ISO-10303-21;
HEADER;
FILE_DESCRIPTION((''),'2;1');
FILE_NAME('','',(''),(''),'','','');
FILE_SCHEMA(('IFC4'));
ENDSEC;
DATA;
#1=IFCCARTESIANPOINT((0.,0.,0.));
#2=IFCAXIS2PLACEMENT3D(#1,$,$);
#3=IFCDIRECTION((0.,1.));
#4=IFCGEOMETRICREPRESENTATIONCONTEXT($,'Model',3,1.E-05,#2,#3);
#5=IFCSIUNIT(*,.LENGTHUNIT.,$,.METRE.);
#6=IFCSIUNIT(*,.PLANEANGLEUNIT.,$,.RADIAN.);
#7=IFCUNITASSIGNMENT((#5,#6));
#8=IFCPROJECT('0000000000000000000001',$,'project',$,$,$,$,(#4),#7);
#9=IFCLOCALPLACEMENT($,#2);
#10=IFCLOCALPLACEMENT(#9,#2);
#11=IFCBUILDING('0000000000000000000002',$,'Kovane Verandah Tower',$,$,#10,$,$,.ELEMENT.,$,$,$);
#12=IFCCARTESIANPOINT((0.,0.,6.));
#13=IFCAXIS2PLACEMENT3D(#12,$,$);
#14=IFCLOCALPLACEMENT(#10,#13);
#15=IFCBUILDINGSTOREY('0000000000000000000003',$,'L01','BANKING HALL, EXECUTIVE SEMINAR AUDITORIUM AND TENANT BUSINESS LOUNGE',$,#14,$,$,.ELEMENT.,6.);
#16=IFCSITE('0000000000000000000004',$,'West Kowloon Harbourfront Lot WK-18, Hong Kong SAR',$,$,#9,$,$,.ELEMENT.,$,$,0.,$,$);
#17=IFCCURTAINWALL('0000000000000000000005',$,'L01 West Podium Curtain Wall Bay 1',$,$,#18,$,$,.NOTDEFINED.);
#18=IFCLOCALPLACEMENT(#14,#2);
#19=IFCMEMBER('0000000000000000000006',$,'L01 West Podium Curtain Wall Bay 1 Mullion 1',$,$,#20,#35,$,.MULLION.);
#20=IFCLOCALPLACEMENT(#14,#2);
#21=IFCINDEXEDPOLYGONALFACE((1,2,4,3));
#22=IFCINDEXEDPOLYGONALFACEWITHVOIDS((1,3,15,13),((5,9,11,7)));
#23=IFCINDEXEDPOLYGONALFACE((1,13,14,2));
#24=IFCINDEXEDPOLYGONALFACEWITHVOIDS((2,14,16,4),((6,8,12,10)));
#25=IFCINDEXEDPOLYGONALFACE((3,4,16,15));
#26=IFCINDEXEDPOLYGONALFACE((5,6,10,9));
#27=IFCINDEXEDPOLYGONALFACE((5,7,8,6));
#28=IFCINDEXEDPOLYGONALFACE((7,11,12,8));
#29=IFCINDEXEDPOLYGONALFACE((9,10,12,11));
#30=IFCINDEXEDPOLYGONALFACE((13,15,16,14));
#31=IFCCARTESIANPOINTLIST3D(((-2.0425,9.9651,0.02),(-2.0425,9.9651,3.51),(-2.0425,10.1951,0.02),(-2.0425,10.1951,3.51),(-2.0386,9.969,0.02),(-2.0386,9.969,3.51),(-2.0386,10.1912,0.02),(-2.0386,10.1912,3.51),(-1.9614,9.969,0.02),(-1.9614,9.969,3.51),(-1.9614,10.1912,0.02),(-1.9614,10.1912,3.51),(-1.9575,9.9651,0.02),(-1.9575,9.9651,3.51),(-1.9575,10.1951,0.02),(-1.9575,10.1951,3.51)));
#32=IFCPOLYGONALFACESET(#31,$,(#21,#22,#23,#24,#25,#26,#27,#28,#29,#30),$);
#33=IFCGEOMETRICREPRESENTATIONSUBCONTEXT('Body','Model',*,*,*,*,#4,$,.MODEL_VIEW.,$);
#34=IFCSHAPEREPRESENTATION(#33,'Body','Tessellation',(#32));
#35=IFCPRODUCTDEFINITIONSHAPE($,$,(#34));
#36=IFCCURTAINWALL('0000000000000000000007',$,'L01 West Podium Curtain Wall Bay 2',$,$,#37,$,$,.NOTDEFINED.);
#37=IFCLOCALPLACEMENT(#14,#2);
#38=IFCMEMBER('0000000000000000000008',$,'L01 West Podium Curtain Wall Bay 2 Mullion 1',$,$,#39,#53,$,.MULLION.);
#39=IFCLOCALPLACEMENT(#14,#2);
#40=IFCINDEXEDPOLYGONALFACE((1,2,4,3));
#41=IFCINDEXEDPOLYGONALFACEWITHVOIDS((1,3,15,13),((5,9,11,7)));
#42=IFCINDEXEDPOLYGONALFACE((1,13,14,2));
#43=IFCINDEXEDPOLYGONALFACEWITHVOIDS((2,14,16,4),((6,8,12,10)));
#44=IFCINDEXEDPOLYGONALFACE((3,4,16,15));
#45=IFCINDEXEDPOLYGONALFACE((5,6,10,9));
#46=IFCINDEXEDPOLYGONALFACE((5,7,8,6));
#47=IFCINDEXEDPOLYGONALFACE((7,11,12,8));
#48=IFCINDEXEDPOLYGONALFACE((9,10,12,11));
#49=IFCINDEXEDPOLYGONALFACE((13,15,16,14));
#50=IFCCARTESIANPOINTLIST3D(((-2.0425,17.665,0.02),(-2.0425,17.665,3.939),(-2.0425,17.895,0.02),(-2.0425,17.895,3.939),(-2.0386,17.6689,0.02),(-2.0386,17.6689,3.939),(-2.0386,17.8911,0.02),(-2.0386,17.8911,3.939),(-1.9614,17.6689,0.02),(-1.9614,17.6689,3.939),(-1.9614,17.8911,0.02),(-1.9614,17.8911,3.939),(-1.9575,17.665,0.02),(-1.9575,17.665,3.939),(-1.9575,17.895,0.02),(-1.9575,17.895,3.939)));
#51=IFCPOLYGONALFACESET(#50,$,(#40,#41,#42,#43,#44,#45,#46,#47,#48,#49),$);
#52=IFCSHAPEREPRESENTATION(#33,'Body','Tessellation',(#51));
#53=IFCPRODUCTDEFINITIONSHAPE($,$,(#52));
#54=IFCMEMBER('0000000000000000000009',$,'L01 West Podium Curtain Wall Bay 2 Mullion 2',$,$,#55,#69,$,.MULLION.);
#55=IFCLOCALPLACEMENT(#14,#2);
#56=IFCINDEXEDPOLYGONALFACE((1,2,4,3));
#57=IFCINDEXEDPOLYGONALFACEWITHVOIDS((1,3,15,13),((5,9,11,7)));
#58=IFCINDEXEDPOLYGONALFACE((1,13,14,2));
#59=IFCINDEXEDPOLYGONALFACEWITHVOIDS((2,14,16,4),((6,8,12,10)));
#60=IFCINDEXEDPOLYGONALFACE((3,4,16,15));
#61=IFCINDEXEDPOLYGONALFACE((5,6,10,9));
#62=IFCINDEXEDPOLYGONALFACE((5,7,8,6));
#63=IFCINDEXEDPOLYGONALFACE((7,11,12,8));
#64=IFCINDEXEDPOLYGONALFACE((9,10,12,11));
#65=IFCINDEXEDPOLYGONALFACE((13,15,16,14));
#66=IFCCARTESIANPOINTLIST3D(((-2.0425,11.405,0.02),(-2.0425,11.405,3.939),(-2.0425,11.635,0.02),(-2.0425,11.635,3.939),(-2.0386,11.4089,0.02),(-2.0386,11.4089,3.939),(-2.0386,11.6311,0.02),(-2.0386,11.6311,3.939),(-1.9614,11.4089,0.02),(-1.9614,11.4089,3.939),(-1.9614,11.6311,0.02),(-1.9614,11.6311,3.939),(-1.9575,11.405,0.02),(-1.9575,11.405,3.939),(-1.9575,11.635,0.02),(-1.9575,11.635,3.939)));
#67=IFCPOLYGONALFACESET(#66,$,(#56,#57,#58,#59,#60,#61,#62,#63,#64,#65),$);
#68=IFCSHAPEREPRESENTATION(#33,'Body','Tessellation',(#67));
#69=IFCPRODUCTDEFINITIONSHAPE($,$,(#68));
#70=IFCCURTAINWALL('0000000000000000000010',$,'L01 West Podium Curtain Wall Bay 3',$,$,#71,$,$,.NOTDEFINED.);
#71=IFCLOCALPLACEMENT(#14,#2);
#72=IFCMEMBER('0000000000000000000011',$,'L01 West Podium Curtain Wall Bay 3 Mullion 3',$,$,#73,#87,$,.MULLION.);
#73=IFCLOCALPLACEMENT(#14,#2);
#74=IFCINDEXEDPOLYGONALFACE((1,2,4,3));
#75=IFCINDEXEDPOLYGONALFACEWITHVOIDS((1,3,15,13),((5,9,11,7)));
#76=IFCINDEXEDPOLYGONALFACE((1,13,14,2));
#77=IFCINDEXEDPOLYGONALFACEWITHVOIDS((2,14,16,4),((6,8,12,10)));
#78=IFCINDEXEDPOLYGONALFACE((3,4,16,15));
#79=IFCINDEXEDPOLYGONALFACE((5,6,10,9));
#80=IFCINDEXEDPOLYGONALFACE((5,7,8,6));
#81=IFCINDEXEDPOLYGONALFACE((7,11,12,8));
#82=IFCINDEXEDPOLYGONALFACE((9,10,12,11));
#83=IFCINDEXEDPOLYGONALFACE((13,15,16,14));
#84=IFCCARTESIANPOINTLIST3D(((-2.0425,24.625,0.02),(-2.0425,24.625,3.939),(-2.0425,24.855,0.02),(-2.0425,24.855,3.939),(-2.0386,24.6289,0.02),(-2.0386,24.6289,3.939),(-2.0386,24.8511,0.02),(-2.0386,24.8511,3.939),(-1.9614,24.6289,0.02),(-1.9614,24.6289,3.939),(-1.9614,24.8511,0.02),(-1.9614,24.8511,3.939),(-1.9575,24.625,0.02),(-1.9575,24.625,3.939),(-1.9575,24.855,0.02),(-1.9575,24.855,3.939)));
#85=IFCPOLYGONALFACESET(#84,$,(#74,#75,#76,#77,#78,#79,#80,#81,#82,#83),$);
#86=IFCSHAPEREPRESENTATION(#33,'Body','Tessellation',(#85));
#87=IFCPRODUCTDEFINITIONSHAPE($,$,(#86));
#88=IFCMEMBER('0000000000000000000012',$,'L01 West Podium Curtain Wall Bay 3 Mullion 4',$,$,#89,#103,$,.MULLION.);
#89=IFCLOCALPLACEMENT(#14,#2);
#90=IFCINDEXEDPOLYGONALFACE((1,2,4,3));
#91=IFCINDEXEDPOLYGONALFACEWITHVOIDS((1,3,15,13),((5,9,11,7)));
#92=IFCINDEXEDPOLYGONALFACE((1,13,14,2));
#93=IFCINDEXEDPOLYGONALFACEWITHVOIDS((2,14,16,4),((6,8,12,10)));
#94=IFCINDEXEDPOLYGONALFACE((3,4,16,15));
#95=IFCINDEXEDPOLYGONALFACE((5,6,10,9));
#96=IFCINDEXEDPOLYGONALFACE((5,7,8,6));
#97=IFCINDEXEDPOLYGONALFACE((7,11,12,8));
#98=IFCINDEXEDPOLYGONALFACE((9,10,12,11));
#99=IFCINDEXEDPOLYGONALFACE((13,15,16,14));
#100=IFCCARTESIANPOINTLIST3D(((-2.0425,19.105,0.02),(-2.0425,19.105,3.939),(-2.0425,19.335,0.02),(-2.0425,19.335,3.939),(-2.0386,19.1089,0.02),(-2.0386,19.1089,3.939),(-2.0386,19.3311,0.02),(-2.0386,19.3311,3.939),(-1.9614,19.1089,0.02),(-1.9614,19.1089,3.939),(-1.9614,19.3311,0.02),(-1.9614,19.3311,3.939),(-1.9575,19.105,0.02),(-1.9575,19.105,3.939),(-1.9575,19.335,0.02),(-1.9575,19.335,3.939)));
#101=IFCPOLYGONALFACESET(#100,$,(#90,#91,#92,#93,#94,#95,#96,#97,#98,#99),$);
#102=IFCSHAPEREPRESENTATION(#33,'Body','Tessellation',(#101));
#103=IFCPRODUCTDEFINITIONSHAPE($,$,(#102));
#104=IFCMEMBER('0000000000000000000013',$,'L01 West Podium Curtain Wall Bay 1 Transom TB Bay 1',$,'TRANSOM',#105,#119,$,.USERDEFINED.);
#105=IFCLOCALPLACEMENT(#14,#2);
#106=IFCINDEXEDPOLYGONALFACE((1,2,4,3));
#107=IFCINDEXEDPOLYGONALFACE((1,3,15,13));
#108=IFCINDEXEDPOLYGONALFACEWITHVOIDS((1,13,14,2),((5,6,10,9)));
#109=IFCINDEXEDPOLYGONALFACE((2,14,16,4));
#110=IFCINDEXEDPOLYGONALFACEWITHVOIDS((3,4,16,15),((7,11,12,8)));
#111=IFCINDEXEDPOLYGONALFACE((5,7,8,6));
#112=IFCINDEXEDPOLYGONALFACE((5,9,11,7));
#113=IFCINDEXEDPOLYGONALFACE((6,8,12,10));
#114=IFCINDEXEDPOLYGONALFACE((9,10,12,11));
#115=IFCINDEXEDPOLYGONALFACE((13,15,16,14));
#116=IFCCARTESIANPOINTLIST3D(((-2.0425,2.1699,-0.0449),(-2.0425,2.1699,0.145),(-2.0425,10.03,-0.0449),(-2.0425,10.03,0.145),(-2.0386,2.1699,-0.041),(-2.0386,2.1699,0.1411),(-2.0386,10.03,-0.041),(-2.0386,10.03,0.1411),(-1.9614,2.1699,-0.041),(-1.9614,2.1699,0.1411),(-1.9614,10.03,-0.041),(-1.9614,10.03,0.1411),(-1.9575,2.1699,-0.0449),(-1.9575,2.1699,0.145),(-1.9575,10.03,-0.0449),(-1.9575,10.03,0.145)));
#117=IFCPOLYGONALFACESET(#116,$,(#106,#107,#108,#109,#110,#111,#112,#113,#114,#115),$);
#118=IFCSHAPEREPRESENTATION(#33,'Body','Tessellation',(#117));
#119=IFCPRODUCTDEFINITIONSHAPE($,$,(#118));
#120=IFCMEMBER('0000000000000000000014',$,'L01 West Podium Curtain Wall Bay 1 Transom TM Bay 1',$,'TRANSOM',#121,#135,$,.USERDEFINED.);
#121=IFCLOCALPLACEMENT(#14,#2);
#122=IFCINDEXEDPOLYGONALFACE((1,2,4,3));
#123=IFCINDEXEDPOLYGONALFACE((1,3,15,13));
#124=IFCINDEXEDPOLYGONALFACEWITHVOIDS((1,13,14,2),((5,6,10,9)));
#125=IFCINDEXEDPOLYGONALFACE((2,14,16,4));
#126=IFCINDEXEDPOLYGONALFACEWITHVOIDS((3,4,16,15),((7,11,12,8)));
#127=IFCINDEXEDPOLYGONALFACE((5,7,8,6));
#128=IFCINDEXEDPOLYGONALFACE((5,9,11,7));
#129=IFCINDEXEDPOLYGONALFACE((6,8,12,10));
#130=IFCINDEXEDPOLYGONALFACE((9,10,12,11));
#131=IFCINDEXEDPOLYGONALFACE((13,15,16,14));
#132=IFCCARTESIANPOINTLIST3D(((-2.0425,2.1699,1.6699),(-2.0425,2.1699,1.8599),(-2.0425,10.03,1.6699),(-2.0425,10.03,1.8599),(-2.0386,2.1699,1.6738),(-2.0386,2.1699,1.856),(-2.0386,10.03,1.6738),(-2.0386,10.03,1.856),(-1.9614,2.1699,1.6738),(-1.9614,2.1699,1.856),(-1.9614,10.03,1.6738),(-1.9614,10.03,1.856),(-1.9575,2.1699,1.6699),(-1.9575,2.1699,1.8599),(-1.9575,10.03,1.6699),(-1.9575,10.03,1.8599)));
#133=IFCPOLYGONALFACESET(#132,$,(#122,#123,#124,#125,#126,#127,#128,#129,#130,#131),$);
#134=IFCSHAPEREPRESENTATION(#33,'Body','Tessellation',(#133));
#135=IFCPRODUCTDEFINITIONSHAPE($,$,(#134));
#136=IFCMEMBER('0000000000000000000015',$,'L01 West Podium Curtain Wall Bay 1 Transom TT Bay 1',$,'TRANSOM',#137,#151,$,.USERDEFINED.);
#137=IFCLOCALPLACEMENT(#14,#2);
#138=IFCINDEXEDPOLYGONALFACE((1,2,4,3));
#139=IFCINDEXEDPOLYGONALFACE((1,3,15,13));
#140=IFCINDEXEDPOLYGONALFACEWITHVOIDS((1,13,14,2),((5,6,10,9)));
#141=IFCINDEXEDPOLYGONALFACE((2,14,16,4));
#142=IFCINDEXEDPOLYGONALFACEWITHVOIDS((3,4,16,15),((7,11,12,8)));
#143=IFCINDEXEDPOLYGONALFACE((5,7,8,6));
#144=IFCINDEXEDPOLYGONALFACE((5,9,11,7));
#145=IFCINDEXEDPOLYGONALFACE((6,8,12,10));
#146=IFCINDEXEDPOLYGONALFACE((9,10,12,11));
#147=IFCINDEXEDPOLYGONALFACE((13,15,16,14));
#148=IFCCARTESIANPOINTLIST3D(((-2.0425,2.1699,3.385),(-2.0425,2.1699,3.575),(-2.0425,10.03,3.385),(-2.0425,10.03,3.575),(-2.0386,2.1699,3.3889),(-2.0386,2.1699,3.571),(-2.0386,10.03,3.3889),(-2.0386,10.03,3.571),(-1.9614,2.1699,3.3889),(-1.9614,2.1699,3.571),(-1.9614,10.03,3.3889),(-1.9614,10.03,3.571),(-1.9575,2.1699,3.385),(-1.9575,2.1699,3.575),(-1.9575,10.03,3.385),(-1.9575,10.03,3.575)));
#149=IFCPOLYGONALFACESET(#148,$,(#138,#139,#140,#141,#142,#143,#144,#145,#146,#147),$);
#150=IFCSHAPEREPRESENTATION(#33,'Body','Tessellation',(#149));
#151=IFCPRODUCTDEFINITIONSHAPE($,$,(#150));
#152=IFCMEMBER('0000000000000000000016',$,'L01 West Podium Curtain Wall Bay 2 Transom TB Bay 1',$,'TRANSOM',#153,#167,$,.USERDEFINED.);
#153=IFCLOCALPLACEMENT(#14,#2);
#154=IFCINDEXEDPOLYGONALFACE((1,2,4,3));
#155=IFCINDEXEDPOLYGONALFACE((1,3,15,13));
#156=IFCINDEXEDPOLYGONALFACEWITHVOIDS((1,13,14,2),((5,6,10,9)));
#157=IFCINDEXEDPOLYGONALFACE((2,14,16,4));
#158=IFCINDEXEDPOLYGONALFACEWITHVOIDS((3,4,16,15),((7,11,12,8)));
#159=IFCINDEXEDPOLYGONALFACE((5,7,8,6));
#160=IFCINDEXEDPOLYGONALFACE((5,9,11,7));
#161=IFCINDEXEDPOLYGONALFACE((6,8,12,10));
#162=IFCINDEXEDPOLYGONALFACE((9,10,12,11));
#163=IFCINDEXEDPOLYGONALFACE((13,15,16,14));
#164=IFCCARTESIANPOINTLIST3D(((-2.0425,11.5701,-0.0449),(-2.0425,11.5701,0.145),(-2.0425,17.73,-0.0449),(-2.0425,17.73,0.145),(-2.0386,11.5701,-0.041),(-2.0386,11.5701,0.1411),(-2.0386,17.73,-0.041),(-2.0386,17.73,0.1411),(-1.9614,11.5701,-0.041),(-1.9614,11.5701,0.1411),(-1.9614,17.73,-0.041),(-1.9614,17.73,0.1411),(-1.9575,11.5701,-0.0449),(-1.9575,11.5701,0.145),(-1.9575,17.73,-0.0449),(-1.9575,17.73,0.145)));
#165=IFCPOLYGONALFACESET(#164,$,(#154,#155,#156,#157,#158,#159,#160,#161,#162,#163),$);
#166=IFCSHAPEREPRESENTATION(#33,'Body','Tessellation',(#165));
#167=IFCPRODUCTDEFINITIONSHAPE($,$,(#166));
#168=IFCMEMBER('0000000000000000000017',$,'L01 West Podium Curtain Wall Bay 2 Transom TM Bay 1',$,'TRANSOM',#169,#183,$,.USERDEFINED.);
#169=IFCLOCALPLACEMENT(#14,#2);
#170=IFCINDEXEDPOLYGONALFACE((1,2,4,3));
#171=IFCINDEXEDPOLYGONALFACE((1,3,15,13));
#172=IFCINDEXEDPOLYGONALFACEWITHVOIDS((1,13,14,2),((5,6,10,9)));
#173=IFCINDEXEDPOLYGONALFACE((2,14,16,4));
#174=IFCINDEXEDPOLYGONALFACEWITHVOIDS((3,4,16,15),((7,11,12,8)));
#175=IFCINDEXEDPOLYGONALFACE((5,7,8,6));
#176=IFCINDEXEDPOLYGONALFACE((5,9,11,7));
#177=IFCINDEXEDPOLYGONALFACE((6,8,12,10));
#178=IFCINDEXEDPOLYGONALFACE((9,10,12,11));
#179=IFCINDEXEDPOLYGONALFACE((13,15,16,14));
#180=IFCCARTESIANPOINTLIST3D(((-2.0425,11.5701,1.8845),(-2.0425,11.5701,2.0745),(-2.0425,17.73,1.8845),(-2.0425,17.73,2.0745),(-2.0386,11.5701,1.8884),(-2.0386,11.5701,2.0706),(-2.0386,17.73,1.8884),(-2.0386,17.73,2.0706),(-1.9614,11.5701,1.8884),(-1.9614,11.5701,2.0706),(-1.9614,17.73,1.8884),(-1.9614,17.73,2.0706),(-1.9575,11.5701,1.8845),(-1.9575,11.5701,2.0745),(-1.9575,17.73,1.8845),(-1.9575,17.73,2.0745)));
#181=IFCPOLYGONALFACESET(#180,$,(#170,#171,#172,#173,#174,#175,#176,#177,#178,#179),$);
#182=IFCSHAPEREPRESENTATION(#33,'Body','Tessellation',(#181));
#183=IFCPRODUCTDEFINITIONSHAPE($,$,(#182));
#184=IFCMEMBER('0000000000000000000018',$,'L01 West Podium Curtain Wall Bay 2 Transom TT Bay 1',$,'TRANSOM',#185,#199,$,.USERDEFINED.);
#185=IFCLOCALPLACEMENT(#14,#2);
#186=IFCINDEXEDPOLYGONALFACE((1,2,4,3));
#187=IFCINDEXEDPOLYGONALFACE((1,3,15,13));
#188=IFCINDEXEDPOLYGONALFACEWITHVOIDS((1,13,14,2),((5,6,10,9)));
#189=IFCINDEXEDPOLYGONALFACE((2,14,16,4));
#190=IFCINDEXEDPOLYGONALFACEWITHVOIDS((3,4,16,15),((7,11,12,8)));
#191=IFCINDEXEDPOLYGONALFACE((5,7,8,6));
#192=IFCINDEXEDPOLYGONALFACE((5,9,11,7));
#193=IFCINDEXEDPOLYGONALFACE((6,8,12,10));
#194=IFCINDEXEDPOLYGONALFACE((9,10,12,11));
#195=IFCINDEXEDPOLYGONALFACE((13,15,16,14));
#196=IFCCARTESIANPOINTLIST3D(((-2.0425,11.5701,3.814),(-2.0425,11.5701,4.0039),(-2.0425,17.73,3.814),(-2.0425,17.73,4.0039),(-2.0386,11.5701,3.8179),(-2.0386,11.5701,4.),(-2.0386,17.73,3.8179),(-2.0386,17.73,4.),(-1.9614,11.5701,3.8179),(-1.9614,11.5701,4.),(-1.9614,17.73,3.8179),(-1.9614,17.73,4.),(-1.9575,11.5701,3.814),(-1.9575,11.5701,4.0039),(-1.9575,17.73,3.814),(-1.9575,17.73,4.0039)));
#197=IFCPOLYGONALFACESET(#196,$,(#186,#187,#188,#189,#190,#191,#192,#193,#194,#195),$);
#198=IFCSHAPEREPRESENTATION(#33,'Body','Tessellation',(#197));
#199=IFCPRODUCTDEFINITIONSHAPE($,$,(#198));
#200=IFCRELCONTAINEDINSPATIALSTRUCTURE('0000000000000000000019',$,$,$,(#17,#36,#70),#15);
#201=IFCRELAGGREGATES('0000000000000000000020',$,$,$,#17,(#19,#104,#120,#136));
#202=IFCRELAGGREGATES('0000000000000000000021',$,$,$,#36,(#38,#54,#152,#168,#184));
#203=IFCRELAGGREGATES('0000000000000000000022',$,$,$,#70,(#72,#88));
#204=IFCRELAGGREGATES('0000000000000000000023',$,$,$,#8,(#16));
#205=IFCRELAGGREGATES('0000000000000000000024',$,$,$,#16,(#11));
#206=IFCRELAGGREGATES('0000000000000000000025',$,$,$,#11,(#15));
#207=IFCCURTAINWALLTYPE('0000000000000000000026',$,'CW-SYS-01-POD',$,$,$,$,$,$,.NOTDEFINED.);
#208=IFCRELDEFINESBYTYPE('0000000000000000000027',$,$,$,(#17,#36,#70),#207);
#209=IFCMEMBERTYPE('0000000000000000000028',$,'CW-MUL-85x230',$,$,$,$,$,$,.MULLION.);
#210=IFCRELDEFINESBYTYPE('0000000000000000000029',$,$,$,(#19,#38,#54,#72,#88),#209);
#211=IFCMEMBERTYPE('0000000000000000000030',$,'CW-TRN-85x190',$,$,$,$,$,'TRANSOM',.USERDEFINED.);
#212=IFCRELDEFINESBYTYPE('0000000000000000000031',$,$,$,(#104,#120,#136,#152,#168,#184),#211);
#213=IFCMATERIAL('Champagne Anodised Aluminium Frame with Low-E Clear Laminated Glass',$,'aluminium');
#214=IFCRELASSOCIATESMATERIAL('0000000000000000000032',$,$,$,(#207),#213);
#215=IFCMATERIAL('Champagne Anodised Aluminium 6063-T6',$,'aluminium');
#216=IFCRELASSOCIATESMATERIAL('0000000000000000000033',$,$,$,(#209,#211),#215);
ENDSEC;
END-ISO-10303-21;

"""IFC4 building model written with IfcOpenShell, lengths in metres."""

from ifc_helpers import new_model, si_unit, direction, frame, origin, origin_2d, place, context, subcontext, project, spatial, hollow_rectangle, extrude, material, material_profile, profile_set, type_object, element, aggregate, save


model = new_model("IFC4")

# Units and contexts
model_context = context("Model", 3, precision=1e-05, world=origin(), true_north=direction((0.0, 1.0)))
body_context = subcontext(model_context, "Body", "Model", "MODEL_VIEW")
ifc_project = project(units=[si_unit("LENGTHUNIT", "METRE"), si_unit("PLANEANGLEUNIT", "RADIAN")], contexts=[model_context])

# Site, building, storey
site_placement = place(None, origin())
site = spatial("IfcSite", under=ifc_project, at=site_placement, Name="West Kowloon Harbourfront Lot WK-18, Hong Kong SAR", CompositionType="ELEMENT", RefElevation=0.0)
building_placement = place(site_placement, origin())
building = spatial("IfcBuilding", under=site, at=building_placement, Name="Kovane Verandah Tower", CompositionType="ELEMENT")
storey_placement = place(building_placement, frame((0.0, 0.0, 6.0)))
storey = spatial("IfcBuildingStorey", under=building, at=storey_placement, Name="L01", Description="BANKING HALL, EXECUTIVE SEMINAR AUDITORIUM AND TENANT BUSINESS LOUNGE", CompositionType="ELEMENT", Elevation=6.0)

# Curtain wall, member
ifc_material_1 = material(Name="Champagne Anodised Aluminium Frame with Low-E Clear Laminated Glass", Category="aluminium")
curtain_wall_type = type_object("IfcCurtainWallType", Name="CW-SYS-01-POD", PredefinedType="NOTDEFINED", material=ifc_material_1)
curtain_wall_1_placement = place(storey_placement, origin())
curtain_wall_1 = element("IfcCurtainWall", 1, at=curtain_wall_1_placement, inside=storey, type_object=curtain_wall_type, Name="L01 West Podium Curtain Wall Bay 1", PredefinedType="NOTDEFINED")
ifc_material_2 = material(Name="Champagne Anodised Aluminium 6063-T6", Category="aluminium")
ifc_material_profile_1 = material_profile(ifc_material_2, hollow_rectangle(XDim=0.085, YDim=0.23, WallThickness=0.0039, at=origin_2d()), Name="AL85x230x4")
ifc_profile_set_1 = profile_set([ifc_material_profile_1], Name="Champagne Anodised Aluminium 6063-T6")
member_type_1 = type_object("IfcMemberType", Name="CW-MUL-85x230", PredefinedType="MULLION", material=ifc_profile_set_1)
member_1_placement = place(storey_placement, frame((-2.0, 10.0801, 0.02), z_axis=(0.0, 0.0, 1.0), x_axis=(-1.0, 0.0, 0.0)))
member_1 = element("IfcMember", 2, at=member_1_placement, type_object=member_type_1, Name="L01 West Podium Curtain Wall Bay 1 Mullion 1", PredefinedType="MULLION", context=body_context, shape_type="SweptSolid", body=[
    extrude(hollow_rectangle(XDim=0.085, YDim=0.23, WallThickness=0.0039, at=origin_2d()), origin(), (0.0, 0.0, 1.0), 3.49),
])

# Curtain walls, members
curtain_wall_2_placement = place(storey_placement, origin())
curtain_wall_2 = element("IfcCurtainWall", 3, at=curtain_wall_2_placement, inside=storey, type_object=curtain_wall_type, Name="L01 West Podium Curtain Wall Bay 2", PredefinedType="NOTDEFINED")
member_2_placement = place(storey_placement, frame((-2.0, 17.78, 0.02), z_axis=(0.0, 0.0, 1.0), x_axis=(-1.0, 0.0, 0.0)))
member_2 = element("IfcMember", 4, at=member_2_placement, type_object=member_type_1, Name="L01 West Podium Curtain Wall Bay 2 Mullion 1", PredefinedType="MULLION", context=body_context, shape_type="SweptSolid", body=[
    extrude(hollow_rectangle(XDim=0.085, YDim=0.23, WallThickness=0.0039, at=origin_2d()), origin(), (0.0, 0.0, 1.0), 3.9189),
])
member_3_placement = place(storey_placement, frame((-2.0, 11.52, 0.02), z_axis=(0.0, 0.0, 1.0), x_axis=(-1.0, 0.0, 0.0)))
member_3 = element("IfcMember", 5, at=member_3_placement, type_object=member_type_1, Name="L01 West Podium Curtain Wall Bay 2 Mullion 2", PredefinedType="MULLION", context=body_context, shape_type="SweptSolid", body=[
    extrude(hollow_rectangle(XDim=0.085, YDim=0.23, WallThickness=0.0039, at=origin_2d()), origin(), (0.0, 0.0, 1.0), 3.9189),
])
curtain_wall_3_placement = place(storey_placement, origin())
curtain_wall_3 = element("IfcCurtainWall", 6, at=curtain_wall_3_placement, inside=storey, type_object=curtain_wall_type, Name="L01 West Podium Curtain Wall Bay 3", PredefinedType="NOTDEFINED")
member_4_placement = place(storey_placement, frame((-2.0, 24.74, 0.02), z_axis=(0.0, 0.0, 1.0), x_axis=(-1.0, 0.0, 0.0)))
member_4 = element("IfcMember", 7, at=member_4_placement, type_object=member_type_1, Name="L01 West Podium Curtain Wall Bay 3 Mullion 3", PredefinedType="MULLION", context=body_context, shape_type="SweptSolid", body=[
    extrude(hollow_rectangle(XDim=0.085, YDim=0.23, WallThickness=0.0039, at=origin_2d()), origin(), (0.0, 0.0, 1.0), 3.9189),
])
member_5_placement = place(storey_placement, frame((-2.0, 19.22, 0.02), z_axis=(0.0, 0.0, 1.0), x_axis=(-1.0, 0.0, 0.0)))
member_5 = element("IfcMember", 8, at=member_5_placement, type_object=member_type_1, Name="L01 West Podium Curtain Wall Bay 3 Mullion 4", PredefinedType="MULLION", context=body_context, shape_type="SweptSolid", body=[
    extrude(hollow_rectangle(XDim=0.085, YDim=0.23, WallThickness=0.0039, at=origin_2d()), origin(), (0.0, 0.0, 1.0), 3.9189),
])

# Members
ifc_material_profile_2 = material_profile(ifc_material_2, hollow_rectangle(XDim=0.085, YDim=0.1899, WallThickness=0.0039, at=origin_2d()), Name="AL85x190x4")
ifc_profile_set_2 = profile_set([ifc_material_profile_2], Name="Champagne Anodised Aluminium 6063-T6")
member_type_2 = type_object("IfcMemberType", Name="CW-TRN-85x190", ElementType="TRANSOM", PredefinedType="USERDEFINED", material=ifc_profile_set_2)
member_6_placement = place(storey_placement, frame((-2.0, 10.03, 0.05), z_axis=(0.0, -1.0, 0.0), x_axis=(1.0, 0.0, 0.0)))
member_6 = element("IfcMember", 9, at=member_6_placement, type_object=member_type_2, Name="L01 West Podium Curtain Wall Bay 1 Transom TB Bay 1", ObjectType="TRANSOM", PredefinedType="USERDEFINED", context=body_context, shape_type="SweptSolid", body=[
    extrude(hollow_rectangle(XDim=0.085, YDim=0.1899, WallThickness=0.0039, at=origin_2d()), origin(), (0.0, 0.0, 1.0), 7.8601),
])
member_7_placement = place(storey_placement, frame((-2.0, 10.03, 1.7649), z_axis=(0.0, -1.0, 0.0), x_axis=(1.0, 0.0, 0.0)))
member_7 = element("IfcMember", 10, at=member_7_placement, type_object=member_type_2, Name="L01 West Podium Curtain Wall Bay 1 Transom TM Bay 1", ObjectType="TRANSOM", PredefinedType="USERDEFINED", context=body_context, shape_type="SweptSolid", body=[
    extrude(hollow_rectangle(XDim=0.085, YDim=0.1899, WallThickness=0.0039, at=origin_2d()), origin(), (0.0, 0.0, 1.0), 7.8601),
])
member_8_placement = place(storey_placement, frame((-2.0, 10.03, 3.48), z_axis=(0.0, -1.0, 0.0), x_axis=(1.0, 0.0, 0.0)))
member_8 = element("IfcMember", 11, at=member_8_placement, type_object=member_type_2, Name="L01 West Podium Curtain Wall Bay 1 Transom TT Bay 1", ObjectType="TRANSOM", PredefinedType="USERDEFINED", context=body_context, shape_type="SweptSolid", body=[
    extrude(hollow_rectangle(XDim=0.085, YDim=0.1899, WallThickness=0.0039, at=origin_2d()), origin(), (0.0, 0.0, 1.0), 7.8601),
])
member_9_placement = place(storey_placement, frame((-2.0, 17.73, 0.05), z_axis=(0.0, -1.0, 0.0), x_axis=(1.0, 0.0, 0.0)))
member_9 = element("IfcMember", 12, at=member_9_placement, type_object=member_type_2, Name="L01 West Podium Curtain Wall Bay 2 Transom TB Bay 1", ObjectType="TRANSOM", PredefinedType="USERDEFINED", context=body_context, shape_type="SweptSolid", body=[
    extrude(hollow_rectangle(XDim=0.085, YDim=0.1899, WallThickness=0.0039, at=origin_2d()), origin(), (0.0, 0.0, 1.0), 6.1599),
])
member_10_placement = place(storey_placement, frame((-2.0, 17.73, 1.9795), z_axis=(0.0, -1.0, 0.0), x_axis=(1.0, 0.0, 0.0)))
member_10 = element("IfcMember", 13, at=member_10_placement, type_object=member_type_2, Name="L01 West Podium Curtain Wall Bay 2 Transom TM Bay 1", ObjectType="TRANSOM", PredefinedType="USERDEFINED", context=body_context, shape_type="SweptSolid", body=[
    extrude(hollow_rectangle(XDim=0.085, YDim=0.1899, WallThickness=0.0039, at=origin_2d()), origin(), (0.0, 0.0, 1.0), 6.1599),
])
member_11_placement = place(storey_placement, frame((-2.0, 17.73, 3.9089), z_axis=(0.0, -1.0, 0.0), x_axis=(1.0, 0.0, 0.0)))
member_11 = element("IfcMember", 14, at=member_11_placement, type_object=member_type_2, Name="L01 West Podium Curtain Wall Bay 2 Transom TT Bay 1", ObjectType="TRANSOM", PredefinedType="USERDEFINED", context=body_context, shape_type="SweptSolid", body=[
    extrude(hollow_rectangle(XDim=0.085, YDim=0.1899, WallThickness=0.0039, at=origin_2d()), origin(), (0.0, 0.0, 1.0), 6.1599),
])

aggregate(curtain_wall_1, [member_1, member_6, member_7, member_8])
aggregate(curtain_wall_2, [member_2, member_3, member_9, member_10, member_11])
aggregate(curtain_wall_3, [member_4, member_5])

save(model, "model.ifc")
